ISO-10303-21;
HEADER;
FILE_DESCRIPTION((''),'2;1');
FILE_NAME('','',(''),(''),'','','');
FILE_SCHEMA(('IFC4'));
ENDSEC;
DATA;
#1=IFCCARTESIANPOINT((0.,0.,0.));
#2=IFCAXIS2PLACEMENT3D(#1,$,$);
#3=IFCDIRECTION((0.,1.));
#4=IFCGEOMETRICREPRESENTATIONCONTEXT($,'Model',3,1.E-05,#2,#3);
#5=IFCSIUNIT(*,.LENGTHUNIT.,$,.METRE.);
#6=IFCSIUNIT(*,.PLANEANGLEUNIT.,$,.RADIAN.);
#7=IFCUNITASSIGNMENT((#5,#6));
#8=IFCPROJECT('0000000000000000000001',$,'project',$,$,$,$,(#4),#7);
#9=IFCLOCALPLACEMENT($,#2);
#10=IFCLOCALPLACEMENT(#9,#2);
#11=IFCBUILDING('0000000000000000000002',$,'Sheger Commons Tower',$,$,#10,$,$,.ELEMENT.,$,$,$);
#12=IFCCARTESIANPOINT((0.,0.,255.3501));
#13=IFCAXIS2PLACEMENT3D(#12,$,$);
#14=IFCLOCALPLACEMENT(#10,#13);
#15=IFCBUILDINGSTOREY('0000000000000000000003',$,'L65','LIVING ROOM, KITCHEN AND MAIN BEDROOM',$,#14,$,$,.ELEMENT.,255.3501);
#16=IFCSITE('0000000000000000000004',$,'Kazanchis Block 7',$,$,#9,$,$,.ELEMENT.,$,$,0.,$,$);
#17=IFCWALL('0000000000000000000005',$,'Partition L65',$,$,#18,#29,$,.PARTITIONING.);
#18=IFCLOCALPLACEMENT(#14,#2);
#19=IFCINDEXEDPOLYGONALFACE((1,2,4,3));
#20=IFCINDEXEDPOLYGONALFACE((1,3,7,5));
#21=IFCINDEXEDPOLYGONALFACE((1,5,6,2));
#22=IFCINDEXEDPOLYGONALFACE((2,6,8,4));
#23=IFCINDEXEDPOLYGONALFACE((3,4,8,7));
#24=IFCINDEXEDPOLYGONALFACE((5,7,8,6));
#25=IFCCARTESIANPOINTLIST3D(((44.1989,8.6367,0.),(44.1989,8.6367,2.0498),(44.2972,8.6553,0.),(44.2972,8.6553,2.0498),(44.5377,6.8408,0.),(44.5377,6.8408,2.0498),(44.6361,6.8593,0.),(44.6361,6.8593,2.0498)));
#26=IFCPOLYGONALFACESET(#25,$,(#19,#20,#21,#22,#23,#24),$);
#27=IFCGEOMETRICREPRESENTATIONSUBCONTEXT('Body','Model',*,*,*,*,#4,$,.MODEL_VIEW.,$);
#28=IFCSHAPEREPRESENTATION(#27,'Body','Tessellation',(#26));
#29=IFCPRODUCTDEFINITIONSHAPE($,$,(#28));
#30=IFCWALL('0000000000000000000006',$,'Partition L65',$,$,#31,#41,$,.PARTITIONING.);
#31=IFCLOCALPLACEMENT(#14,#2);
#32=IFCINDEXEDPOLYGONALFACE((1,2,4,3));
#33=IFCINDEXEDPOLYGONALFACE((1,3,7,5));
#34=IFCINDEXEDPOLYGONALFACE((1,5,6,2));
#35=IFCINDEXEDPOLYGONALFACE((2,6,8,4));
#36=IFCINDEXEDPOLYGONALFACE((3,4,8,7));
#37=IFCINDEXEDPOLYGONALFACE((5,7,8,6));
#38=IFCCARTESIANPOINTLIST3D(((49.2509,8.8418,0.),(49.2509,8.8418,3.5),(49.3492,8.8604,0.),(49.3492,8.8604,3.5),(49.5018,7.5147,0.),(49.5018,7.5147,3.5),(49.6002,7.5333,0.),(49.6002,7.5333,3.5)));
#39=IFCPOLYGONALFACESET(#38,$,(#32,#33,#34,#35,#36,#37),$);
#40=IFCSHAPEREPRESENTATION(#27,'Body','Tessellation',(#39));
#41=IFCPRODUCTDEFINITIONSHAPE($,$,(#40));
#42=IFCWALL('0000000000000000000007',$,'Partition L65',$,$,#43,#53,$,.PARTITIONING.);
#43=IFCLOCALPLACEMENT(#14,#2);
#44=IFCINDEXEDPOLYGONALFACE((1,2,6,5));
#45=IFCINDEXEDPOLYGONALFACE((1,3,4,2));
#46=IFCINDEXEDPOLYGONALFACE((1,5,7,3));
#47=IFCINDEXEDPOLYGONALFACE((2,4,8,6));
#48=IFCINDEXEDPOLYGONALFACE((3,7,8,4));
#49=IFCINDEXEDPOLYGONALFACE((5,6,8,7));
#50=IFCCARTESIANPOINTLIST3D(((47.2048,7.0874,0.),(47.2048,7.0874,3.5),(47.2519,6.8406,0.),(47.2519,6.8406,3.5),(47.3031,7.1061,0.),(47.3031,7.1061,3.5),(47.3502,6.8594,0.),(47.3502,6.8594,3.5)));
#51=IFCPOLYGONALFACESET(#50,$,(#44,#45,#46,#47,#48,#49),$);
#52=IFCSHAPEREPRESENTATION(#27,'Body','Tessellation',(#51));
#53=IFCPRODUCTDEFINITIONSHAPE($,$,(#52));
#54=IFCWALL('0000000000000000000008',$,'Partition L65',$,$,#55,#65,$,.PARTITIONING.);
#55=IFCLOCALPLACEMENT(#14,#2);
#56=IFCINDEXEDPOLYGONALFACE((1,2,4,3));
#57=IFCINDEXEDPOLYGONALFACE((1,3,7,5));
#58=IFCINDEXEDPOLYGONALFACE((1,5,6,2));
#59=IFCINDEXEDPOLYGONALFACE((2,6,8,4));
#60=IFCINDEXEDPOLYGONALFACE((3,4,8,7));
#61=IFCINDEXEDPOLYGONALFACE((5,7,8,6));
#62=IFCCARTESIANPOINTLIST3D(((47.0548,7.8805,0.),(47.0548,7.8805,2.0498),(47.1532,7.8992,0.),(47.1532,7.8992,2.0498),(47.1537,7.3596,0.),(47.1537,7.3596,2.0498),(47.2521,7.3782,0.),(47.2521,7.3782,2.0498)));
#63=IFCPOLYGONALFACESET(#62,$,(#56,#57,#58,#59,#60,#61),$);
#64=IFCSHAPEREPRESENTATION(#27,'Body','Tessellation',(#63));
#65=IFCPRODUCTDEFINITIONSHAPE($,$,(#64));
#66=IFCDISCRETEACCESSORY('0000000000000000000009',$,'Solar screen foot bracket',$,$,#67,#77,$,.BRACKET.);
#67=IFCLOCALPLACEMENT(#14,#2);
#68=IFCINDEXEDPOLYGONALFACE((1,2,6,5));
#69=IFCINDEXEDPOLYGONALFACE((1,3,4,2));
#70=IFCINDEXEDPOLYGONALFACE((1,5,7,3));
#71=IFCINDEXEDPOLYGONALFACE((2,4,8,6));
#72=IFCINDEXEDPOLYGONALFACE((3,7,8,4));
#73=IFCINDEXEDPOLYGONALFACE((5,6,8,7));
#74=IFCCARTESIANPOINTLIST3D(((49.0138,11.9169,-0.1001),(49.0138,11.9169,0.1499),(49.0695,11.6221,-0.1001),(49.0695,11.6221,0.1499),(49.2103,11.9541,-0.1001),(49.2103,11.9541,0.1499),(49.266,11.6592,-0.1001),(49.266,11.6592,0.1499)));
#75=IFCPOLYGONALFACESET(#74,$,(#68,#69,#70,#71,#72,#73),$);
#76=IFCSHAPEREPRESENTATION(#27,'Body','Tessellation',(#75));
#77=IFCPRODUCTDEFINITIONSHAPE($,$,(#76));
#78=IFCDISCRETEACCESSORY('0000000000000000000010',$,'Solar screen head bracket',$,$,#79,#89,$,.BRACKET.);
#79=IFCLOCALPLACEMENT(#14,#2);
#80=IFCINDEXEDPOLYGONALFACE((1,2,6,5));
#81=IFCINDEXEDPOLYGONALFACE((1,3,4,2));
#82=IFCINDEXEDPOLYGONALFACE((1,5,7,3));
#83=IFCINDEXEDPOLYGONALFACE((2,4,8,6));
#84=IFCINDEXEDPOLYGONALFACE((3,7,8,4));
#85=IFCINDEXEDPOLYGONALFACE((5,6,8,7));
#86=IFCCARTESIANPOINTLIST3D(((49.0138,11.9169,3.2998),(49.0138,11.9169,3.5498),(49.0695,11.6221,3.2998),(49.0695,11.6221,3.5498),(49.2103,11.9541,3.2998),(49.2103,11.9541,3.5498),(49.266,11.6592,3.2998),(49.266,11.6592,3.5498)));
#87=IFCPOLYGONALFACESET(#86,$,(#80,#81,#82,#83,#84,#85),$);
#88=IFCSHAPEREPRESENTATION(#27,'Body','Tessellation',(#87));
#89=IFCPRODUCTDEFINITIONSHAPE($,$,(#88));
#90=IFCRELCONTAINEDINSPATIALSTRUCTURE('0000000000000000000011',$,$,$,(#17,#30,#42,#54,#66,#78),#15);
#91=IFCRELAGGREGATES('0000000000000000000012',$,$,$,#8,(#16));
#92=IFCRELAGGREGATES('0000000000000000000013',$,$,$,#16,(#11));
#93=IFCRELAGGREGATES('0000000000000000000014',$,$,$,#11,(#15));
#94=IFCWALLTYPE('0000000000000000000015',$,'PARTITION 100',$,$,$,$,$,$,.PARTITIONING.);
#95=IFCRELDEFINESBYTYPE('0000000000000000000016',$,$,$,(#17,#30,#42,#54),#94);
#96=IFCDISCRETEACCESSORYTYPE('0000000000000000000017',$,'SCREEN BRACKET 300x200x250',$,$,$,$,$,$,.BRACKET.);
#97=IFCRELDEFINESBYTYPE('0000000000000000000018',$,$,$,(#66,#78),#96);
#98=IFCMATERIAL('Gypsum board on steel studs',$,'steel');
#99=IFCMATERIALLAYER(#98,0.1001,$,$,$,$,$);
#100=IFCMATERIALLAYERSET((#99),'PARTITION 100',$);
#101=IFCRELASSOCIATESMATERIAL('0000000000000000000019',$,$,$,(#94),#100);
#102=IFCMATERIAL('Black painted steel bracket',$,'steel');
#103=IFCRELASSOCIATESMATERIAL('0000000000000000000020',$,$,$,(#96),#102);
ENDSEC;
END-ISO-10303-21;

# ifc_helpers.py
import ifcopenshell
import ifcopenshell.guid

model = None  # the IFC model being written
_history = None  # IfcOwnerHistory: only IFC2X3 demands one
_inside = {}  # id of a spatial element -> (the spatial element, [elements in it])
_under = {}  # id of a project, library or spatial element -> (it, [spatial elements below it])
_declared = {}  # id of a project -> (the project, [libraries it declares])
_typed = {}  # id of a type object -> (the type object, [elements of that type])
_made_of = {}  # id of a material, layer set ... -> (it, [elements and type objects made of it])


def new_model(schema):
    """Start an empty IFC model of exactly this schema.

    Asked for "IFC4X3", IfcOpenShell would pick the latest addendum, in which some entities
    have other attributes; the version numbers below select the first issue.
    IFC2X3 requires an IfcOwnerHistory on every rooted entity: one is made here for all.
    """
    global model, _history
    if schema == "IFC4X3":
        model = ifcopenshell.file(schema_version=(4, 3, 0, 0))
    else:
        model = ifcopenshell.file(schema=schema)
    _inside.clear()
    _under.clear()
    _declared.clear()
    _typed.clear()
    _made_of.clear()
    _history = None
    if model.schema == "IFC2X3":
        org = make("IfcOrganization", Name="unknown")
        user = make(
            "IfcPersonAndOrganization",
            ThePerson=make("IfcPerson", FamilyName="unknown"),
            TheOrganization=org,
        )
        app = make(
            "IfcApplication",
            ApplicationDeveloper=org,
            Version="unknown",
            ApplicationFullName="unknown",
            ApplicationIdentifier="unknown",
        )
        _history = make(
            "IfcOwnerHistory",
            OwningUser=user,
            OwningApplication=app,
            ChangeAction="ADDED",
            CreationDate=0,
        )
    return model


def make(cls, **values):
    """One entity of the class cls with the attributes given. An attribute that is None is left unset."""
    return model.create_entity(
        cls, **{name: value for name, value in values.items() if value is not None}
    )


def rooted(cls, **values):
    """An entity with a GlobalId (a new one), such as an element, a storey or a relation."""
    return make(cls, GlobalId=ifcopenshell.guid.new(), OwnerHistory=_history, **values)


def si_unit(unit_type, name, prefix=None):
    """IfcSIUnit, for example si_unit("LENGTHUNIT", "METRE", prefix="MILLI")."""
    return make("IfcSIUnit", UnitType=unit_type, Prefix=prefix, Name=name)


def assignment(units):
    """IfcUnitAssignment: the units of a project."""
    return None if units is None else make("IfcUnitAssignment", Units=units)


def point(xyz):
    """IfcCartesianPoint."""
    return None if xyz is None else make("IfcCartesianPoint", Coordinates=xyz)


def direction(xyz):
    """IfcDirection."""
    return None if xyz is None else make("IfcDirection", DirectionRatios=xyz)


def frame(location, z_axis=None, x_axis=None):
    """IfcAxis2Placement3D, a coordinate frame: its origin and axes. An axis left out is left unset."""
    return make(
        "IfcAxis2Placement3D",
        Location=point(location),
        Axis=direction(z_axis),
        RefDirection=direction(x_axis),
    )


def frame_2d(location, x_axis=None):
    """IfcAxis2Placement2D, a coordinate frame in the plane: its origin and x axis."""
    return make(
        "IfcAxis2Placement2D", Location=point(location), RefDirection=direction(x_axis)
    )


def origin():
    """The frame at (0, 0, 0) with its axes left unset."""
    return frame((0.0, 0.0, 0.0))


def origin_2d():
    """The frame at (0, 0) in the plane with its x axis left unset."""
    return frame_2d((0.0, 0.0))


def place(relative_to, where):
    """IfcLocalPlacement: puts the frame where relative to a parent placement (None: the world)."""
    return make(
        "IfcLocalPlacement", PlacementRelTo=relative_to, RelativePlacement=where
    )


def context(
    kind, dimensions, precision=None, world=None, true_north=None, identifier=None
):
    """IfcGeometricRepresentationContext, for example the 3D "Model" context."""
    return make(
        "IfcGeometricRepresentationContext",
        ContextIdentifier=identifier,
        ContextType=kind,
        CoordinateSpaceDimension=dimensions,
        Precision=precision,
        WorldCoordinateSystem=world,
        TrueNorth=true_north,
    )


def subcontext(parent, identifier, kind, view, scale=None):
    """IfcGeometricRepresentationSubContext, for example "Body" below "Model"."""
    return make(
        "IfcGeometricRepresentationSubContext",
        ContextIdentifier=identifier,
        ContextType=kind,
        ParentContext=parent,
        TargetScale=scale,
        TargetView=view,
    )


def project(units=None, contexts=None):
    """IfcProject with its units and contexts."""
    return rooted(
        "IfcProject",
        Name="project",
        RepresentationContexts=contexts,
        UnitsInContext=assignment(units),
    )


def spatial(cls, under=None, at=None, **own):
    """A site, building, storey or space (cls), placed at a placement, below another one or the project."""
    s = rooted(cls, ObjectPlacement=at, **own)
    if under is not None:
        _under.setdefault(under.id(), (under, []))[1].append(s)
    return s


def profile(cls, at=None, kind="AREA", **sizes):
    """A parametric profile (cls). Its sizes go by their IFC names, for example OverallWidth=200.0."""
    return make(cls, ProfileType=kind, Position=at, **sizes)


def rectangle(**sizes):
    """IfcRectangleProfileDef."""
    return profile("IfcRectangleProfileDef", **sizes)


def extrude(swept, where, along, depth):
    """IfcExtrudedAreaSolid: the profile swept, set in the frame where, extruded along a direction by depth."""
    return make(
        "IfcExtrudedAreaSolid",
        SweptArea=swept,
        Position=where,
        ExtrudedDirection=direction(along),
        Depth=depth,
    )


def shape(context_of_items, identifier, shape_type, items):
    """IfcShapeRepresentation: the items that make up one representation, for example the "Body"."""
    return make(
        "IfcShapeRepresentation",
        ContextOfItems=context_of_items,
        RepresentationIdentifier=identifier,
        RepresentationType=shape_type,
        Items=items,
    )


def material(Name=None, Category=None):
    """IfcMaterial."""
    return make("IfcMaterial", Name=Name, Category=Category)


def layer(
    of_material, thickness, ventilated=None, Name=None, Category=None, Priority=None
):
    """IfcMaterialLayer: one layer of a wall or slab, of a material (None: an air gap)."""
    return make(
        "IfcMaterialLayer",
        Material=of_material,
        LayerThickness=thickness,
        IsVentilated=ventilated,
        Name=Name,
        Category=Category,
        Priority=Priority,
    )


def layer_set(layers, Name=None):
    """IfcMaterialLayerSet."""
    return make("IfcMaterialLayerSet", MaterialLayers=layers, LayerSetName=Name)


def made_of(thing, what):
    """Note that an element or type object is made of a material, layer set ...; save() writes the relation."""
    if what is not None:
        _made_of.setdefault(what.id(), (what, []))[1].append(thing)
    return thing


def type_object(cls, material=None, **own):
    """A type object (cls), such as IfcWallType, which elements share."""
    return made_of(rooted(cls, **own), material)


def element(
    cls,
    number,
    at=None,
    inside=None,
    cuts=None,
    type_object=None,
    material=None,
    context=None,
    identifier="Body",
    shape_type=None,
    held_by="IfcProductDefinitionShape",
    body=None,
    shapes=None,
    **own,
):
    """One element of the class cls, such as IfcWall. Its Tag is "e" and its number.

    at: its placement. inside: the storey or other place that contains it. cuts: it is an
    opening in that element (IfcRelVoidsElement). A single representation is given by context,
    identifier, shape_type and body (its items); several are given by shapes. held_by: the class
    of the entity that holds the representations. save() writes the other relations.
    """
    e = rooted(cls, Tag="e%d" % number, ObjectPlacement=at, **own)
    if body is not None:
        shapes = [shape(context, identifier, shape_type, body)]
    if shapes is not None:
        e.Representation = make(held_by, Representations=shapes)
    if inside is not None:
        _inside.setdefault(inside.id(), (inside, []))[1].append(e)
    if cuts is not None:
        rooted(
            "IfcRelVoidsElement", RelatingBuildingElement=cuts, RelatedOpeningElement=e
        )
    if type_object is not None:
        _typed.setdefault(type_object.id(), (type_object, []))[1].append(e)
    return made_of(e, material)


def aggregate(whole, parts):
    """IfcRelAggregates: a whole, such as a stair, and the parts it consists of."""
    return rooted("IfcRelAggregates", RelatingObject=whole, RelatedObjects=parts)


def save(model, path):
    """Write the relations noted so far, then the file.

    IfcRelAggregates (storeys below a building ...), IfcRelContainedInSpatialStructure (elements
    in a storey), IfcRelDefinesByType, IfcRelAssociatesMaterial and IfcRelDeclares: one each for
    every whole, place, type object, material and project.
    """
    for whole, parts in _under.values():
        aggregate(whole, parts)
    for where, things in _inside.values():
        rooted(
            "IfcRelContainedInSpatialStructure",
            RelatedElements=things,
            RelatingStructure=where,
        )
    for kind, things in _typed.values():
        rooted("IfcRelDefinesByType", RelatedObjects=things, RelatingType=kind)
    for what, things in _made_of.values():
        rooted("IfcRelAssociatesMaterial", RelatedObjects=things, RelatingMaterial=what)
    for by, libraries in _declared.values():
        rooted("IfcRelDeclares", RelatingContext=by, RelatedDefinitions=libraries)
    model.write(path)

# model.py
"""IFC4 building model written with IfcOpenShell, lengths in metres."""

from ifc_helpers import new_model, si_unit, direction, frame, frame_2d, origin, origin_2d, place, context, subcontext, project, spatial, rectangle, extrude, material, layer, layer_set, type_object, element, save


model = new_model("IFC4")

# Units and contexts
model_context = context("Model", 3, precision=1e-05, world=origin(), true_north=direction((0.0, 1.0)))
body_context = subcontext(model_context, "Body", "Model", "MODEL_VIEW")
ifc_project = project(units=[si_unit("LENGTHUNIT", "METRE"), si_unit("PLANEANGLEUNIT", "RADIAN")], contexts=[model_context])

# Site, building, storey
site_placement = place(None, origin())
site = spatial("IfcSite", under=ifc_project, at=site_placement, Name="Kazanchis Block 7", CompositionType="ELEMENT", RefElevation=0.0)
building_placement = place(site_placement, origin())
building = spatial("IfcBuilding", under=site, at=building_placement, Name="Sheger Commons Tower", CompositionType="ELEMENT")
storey_placement = place(building_placement, frame((0.0, 0.0, 255.3501)))
storey = spatial("IfcBuildingStorey", under=building, at=storey_placement, Name="L65", Description="LIVING ROOM, KITCHEN AND MAIN BEDROOM", CompositionType="ELEMENT", Elevation=255.3501)

# Walls
ifc_material_1 = material(Name="Gypsum board on steel studs", Category="steel")
ifc_layer_1 = layer(ifc_material_1, 0.1001)
ifc_layer_set_1 = layer_set([ifc_layer_1], Name="PARTITION 100")
wall_type_1 = type_object("IfcWallType", Name="PARTITION 100", PredefinedType="PARTITIONING", material=ifc_layer_set_1)
wall_1_placement = place(storey_placement, frame((44.248, 8.646, 0.0), z_axis=(0.0, 0.0, 1.0), x_axis=(0.185418, -0.98266, 0.0)))
element("IfcWall", 1, at=wall_1_placement, inside=storey, type_object=wall_type_1, Name="Partition L65", PredefinedType="PARTITIONING", context=body_context, shape_type="SweptSolid", body=[
    extrude(rectangle(XDim=1.8276, YDim=0.1001, at=frame_2d((0.9138, 0.0))), origin(), (0.0, 0.0, 1.0), 2.0498),
])
wall_2_placement = place(storey_placement, frame((49.3, 8.8511, 0.0), z_axis=(0.0, 0.0, 1.0), x_axis=(0.185816, -0.982585, 0.0)))
element("IfcWall", 2, at=wall_2_placement, inside=storey, type_object=wall_type_1, Name="Partition L65", PredefinedType="PARTITIONING", context=body_context, shape_type="SweptSolid", body=[
    extrude(rectangle(XDim=1.3506, YDim=0.1001, at=frame_2d((0.6753, 0.0))), origin(), (0.0, 0.0, 1.0), 3.5),
])
wall_3_placement = place(storey_placement, frame((47.301, 6.8501, 0.0), z_axis=(0.0, 0.0, 1.0), x_axis=(-0.187514, 0.982262, 0.0)))
element("IfcWall", 3, at=wall_3_placement, inside=storey, type_object=wall_type_1, Name="Partition L65", PredefinedType="PARTITIONING", context=body_context, shape_type="SweptSolid", body=[
    extrude(rectangle(XDim=0.2512, YDim=0.1001, at=frame_2d((0.1255, 0.0))), origin(), (0.0, 0.0, 1.0), 3.5),
])
wall_4_placement = place(storey_placement, frame((47.2029, 7.3689, 0.0), z_axis=(0.0, 0.0, 1.0), x_axis=(-0.186456, 0.982463, 0.0)))
element("IfcWall", 4, at=wall_4_placement, inside=storey, type_object=wall_type_1, Name="Partition L65", PredefinedType="PARTITIONING", context=body_context, shape_type="SweptSolid", body=[
    extrude(rectangle(XDim=0.5303, YDim=0.1001, at=frame_2d((0.2651, 0.0))), origin(), (0.0, 0.0, 1.0), 2.0498),
])

# Discrete accessories
ifc_material_2 = material(Name="Black painted steel bracket", Category="steel")
discrete_accessory_type = type_object("IfcDiscreteAccessoryType", Name="SCREEN BRACKET 300x200x250", PredefinedType="BRACKET", material=ifc_material_2)
for number, where, z_axis, x_axis, name in (
    (5, (49.1399, 11.7881, -0.1001), (0.0, 0.0, 1.0), (-0.185615, 0.982623, 0.0), "Solar screen foot bracket"),
    (6, (49.1399, 11.7881, 3.2998), (0.0, 0.0, 1.0), (-0.185615, 0.982623, 0.0), "Solar screen head bracket"),
):
    element("IfcDiscreteAccessory", number, at=place(storey_placement, frame(where, z_axis=z_axis, x_axis=x_axis)), inside=storey, type_object=discrete_accessory_type, Name=name, PredefinedType="BRACKET", context=body_context, shape_type="SweptSolid", body=[
        extrude(rectangle(XDim=0.3, YDim=0.2, at=origin_2d()), origin(), (0.0, 0.0, 1.0), 0.25),
    ])

save(model, "model.ifc")
